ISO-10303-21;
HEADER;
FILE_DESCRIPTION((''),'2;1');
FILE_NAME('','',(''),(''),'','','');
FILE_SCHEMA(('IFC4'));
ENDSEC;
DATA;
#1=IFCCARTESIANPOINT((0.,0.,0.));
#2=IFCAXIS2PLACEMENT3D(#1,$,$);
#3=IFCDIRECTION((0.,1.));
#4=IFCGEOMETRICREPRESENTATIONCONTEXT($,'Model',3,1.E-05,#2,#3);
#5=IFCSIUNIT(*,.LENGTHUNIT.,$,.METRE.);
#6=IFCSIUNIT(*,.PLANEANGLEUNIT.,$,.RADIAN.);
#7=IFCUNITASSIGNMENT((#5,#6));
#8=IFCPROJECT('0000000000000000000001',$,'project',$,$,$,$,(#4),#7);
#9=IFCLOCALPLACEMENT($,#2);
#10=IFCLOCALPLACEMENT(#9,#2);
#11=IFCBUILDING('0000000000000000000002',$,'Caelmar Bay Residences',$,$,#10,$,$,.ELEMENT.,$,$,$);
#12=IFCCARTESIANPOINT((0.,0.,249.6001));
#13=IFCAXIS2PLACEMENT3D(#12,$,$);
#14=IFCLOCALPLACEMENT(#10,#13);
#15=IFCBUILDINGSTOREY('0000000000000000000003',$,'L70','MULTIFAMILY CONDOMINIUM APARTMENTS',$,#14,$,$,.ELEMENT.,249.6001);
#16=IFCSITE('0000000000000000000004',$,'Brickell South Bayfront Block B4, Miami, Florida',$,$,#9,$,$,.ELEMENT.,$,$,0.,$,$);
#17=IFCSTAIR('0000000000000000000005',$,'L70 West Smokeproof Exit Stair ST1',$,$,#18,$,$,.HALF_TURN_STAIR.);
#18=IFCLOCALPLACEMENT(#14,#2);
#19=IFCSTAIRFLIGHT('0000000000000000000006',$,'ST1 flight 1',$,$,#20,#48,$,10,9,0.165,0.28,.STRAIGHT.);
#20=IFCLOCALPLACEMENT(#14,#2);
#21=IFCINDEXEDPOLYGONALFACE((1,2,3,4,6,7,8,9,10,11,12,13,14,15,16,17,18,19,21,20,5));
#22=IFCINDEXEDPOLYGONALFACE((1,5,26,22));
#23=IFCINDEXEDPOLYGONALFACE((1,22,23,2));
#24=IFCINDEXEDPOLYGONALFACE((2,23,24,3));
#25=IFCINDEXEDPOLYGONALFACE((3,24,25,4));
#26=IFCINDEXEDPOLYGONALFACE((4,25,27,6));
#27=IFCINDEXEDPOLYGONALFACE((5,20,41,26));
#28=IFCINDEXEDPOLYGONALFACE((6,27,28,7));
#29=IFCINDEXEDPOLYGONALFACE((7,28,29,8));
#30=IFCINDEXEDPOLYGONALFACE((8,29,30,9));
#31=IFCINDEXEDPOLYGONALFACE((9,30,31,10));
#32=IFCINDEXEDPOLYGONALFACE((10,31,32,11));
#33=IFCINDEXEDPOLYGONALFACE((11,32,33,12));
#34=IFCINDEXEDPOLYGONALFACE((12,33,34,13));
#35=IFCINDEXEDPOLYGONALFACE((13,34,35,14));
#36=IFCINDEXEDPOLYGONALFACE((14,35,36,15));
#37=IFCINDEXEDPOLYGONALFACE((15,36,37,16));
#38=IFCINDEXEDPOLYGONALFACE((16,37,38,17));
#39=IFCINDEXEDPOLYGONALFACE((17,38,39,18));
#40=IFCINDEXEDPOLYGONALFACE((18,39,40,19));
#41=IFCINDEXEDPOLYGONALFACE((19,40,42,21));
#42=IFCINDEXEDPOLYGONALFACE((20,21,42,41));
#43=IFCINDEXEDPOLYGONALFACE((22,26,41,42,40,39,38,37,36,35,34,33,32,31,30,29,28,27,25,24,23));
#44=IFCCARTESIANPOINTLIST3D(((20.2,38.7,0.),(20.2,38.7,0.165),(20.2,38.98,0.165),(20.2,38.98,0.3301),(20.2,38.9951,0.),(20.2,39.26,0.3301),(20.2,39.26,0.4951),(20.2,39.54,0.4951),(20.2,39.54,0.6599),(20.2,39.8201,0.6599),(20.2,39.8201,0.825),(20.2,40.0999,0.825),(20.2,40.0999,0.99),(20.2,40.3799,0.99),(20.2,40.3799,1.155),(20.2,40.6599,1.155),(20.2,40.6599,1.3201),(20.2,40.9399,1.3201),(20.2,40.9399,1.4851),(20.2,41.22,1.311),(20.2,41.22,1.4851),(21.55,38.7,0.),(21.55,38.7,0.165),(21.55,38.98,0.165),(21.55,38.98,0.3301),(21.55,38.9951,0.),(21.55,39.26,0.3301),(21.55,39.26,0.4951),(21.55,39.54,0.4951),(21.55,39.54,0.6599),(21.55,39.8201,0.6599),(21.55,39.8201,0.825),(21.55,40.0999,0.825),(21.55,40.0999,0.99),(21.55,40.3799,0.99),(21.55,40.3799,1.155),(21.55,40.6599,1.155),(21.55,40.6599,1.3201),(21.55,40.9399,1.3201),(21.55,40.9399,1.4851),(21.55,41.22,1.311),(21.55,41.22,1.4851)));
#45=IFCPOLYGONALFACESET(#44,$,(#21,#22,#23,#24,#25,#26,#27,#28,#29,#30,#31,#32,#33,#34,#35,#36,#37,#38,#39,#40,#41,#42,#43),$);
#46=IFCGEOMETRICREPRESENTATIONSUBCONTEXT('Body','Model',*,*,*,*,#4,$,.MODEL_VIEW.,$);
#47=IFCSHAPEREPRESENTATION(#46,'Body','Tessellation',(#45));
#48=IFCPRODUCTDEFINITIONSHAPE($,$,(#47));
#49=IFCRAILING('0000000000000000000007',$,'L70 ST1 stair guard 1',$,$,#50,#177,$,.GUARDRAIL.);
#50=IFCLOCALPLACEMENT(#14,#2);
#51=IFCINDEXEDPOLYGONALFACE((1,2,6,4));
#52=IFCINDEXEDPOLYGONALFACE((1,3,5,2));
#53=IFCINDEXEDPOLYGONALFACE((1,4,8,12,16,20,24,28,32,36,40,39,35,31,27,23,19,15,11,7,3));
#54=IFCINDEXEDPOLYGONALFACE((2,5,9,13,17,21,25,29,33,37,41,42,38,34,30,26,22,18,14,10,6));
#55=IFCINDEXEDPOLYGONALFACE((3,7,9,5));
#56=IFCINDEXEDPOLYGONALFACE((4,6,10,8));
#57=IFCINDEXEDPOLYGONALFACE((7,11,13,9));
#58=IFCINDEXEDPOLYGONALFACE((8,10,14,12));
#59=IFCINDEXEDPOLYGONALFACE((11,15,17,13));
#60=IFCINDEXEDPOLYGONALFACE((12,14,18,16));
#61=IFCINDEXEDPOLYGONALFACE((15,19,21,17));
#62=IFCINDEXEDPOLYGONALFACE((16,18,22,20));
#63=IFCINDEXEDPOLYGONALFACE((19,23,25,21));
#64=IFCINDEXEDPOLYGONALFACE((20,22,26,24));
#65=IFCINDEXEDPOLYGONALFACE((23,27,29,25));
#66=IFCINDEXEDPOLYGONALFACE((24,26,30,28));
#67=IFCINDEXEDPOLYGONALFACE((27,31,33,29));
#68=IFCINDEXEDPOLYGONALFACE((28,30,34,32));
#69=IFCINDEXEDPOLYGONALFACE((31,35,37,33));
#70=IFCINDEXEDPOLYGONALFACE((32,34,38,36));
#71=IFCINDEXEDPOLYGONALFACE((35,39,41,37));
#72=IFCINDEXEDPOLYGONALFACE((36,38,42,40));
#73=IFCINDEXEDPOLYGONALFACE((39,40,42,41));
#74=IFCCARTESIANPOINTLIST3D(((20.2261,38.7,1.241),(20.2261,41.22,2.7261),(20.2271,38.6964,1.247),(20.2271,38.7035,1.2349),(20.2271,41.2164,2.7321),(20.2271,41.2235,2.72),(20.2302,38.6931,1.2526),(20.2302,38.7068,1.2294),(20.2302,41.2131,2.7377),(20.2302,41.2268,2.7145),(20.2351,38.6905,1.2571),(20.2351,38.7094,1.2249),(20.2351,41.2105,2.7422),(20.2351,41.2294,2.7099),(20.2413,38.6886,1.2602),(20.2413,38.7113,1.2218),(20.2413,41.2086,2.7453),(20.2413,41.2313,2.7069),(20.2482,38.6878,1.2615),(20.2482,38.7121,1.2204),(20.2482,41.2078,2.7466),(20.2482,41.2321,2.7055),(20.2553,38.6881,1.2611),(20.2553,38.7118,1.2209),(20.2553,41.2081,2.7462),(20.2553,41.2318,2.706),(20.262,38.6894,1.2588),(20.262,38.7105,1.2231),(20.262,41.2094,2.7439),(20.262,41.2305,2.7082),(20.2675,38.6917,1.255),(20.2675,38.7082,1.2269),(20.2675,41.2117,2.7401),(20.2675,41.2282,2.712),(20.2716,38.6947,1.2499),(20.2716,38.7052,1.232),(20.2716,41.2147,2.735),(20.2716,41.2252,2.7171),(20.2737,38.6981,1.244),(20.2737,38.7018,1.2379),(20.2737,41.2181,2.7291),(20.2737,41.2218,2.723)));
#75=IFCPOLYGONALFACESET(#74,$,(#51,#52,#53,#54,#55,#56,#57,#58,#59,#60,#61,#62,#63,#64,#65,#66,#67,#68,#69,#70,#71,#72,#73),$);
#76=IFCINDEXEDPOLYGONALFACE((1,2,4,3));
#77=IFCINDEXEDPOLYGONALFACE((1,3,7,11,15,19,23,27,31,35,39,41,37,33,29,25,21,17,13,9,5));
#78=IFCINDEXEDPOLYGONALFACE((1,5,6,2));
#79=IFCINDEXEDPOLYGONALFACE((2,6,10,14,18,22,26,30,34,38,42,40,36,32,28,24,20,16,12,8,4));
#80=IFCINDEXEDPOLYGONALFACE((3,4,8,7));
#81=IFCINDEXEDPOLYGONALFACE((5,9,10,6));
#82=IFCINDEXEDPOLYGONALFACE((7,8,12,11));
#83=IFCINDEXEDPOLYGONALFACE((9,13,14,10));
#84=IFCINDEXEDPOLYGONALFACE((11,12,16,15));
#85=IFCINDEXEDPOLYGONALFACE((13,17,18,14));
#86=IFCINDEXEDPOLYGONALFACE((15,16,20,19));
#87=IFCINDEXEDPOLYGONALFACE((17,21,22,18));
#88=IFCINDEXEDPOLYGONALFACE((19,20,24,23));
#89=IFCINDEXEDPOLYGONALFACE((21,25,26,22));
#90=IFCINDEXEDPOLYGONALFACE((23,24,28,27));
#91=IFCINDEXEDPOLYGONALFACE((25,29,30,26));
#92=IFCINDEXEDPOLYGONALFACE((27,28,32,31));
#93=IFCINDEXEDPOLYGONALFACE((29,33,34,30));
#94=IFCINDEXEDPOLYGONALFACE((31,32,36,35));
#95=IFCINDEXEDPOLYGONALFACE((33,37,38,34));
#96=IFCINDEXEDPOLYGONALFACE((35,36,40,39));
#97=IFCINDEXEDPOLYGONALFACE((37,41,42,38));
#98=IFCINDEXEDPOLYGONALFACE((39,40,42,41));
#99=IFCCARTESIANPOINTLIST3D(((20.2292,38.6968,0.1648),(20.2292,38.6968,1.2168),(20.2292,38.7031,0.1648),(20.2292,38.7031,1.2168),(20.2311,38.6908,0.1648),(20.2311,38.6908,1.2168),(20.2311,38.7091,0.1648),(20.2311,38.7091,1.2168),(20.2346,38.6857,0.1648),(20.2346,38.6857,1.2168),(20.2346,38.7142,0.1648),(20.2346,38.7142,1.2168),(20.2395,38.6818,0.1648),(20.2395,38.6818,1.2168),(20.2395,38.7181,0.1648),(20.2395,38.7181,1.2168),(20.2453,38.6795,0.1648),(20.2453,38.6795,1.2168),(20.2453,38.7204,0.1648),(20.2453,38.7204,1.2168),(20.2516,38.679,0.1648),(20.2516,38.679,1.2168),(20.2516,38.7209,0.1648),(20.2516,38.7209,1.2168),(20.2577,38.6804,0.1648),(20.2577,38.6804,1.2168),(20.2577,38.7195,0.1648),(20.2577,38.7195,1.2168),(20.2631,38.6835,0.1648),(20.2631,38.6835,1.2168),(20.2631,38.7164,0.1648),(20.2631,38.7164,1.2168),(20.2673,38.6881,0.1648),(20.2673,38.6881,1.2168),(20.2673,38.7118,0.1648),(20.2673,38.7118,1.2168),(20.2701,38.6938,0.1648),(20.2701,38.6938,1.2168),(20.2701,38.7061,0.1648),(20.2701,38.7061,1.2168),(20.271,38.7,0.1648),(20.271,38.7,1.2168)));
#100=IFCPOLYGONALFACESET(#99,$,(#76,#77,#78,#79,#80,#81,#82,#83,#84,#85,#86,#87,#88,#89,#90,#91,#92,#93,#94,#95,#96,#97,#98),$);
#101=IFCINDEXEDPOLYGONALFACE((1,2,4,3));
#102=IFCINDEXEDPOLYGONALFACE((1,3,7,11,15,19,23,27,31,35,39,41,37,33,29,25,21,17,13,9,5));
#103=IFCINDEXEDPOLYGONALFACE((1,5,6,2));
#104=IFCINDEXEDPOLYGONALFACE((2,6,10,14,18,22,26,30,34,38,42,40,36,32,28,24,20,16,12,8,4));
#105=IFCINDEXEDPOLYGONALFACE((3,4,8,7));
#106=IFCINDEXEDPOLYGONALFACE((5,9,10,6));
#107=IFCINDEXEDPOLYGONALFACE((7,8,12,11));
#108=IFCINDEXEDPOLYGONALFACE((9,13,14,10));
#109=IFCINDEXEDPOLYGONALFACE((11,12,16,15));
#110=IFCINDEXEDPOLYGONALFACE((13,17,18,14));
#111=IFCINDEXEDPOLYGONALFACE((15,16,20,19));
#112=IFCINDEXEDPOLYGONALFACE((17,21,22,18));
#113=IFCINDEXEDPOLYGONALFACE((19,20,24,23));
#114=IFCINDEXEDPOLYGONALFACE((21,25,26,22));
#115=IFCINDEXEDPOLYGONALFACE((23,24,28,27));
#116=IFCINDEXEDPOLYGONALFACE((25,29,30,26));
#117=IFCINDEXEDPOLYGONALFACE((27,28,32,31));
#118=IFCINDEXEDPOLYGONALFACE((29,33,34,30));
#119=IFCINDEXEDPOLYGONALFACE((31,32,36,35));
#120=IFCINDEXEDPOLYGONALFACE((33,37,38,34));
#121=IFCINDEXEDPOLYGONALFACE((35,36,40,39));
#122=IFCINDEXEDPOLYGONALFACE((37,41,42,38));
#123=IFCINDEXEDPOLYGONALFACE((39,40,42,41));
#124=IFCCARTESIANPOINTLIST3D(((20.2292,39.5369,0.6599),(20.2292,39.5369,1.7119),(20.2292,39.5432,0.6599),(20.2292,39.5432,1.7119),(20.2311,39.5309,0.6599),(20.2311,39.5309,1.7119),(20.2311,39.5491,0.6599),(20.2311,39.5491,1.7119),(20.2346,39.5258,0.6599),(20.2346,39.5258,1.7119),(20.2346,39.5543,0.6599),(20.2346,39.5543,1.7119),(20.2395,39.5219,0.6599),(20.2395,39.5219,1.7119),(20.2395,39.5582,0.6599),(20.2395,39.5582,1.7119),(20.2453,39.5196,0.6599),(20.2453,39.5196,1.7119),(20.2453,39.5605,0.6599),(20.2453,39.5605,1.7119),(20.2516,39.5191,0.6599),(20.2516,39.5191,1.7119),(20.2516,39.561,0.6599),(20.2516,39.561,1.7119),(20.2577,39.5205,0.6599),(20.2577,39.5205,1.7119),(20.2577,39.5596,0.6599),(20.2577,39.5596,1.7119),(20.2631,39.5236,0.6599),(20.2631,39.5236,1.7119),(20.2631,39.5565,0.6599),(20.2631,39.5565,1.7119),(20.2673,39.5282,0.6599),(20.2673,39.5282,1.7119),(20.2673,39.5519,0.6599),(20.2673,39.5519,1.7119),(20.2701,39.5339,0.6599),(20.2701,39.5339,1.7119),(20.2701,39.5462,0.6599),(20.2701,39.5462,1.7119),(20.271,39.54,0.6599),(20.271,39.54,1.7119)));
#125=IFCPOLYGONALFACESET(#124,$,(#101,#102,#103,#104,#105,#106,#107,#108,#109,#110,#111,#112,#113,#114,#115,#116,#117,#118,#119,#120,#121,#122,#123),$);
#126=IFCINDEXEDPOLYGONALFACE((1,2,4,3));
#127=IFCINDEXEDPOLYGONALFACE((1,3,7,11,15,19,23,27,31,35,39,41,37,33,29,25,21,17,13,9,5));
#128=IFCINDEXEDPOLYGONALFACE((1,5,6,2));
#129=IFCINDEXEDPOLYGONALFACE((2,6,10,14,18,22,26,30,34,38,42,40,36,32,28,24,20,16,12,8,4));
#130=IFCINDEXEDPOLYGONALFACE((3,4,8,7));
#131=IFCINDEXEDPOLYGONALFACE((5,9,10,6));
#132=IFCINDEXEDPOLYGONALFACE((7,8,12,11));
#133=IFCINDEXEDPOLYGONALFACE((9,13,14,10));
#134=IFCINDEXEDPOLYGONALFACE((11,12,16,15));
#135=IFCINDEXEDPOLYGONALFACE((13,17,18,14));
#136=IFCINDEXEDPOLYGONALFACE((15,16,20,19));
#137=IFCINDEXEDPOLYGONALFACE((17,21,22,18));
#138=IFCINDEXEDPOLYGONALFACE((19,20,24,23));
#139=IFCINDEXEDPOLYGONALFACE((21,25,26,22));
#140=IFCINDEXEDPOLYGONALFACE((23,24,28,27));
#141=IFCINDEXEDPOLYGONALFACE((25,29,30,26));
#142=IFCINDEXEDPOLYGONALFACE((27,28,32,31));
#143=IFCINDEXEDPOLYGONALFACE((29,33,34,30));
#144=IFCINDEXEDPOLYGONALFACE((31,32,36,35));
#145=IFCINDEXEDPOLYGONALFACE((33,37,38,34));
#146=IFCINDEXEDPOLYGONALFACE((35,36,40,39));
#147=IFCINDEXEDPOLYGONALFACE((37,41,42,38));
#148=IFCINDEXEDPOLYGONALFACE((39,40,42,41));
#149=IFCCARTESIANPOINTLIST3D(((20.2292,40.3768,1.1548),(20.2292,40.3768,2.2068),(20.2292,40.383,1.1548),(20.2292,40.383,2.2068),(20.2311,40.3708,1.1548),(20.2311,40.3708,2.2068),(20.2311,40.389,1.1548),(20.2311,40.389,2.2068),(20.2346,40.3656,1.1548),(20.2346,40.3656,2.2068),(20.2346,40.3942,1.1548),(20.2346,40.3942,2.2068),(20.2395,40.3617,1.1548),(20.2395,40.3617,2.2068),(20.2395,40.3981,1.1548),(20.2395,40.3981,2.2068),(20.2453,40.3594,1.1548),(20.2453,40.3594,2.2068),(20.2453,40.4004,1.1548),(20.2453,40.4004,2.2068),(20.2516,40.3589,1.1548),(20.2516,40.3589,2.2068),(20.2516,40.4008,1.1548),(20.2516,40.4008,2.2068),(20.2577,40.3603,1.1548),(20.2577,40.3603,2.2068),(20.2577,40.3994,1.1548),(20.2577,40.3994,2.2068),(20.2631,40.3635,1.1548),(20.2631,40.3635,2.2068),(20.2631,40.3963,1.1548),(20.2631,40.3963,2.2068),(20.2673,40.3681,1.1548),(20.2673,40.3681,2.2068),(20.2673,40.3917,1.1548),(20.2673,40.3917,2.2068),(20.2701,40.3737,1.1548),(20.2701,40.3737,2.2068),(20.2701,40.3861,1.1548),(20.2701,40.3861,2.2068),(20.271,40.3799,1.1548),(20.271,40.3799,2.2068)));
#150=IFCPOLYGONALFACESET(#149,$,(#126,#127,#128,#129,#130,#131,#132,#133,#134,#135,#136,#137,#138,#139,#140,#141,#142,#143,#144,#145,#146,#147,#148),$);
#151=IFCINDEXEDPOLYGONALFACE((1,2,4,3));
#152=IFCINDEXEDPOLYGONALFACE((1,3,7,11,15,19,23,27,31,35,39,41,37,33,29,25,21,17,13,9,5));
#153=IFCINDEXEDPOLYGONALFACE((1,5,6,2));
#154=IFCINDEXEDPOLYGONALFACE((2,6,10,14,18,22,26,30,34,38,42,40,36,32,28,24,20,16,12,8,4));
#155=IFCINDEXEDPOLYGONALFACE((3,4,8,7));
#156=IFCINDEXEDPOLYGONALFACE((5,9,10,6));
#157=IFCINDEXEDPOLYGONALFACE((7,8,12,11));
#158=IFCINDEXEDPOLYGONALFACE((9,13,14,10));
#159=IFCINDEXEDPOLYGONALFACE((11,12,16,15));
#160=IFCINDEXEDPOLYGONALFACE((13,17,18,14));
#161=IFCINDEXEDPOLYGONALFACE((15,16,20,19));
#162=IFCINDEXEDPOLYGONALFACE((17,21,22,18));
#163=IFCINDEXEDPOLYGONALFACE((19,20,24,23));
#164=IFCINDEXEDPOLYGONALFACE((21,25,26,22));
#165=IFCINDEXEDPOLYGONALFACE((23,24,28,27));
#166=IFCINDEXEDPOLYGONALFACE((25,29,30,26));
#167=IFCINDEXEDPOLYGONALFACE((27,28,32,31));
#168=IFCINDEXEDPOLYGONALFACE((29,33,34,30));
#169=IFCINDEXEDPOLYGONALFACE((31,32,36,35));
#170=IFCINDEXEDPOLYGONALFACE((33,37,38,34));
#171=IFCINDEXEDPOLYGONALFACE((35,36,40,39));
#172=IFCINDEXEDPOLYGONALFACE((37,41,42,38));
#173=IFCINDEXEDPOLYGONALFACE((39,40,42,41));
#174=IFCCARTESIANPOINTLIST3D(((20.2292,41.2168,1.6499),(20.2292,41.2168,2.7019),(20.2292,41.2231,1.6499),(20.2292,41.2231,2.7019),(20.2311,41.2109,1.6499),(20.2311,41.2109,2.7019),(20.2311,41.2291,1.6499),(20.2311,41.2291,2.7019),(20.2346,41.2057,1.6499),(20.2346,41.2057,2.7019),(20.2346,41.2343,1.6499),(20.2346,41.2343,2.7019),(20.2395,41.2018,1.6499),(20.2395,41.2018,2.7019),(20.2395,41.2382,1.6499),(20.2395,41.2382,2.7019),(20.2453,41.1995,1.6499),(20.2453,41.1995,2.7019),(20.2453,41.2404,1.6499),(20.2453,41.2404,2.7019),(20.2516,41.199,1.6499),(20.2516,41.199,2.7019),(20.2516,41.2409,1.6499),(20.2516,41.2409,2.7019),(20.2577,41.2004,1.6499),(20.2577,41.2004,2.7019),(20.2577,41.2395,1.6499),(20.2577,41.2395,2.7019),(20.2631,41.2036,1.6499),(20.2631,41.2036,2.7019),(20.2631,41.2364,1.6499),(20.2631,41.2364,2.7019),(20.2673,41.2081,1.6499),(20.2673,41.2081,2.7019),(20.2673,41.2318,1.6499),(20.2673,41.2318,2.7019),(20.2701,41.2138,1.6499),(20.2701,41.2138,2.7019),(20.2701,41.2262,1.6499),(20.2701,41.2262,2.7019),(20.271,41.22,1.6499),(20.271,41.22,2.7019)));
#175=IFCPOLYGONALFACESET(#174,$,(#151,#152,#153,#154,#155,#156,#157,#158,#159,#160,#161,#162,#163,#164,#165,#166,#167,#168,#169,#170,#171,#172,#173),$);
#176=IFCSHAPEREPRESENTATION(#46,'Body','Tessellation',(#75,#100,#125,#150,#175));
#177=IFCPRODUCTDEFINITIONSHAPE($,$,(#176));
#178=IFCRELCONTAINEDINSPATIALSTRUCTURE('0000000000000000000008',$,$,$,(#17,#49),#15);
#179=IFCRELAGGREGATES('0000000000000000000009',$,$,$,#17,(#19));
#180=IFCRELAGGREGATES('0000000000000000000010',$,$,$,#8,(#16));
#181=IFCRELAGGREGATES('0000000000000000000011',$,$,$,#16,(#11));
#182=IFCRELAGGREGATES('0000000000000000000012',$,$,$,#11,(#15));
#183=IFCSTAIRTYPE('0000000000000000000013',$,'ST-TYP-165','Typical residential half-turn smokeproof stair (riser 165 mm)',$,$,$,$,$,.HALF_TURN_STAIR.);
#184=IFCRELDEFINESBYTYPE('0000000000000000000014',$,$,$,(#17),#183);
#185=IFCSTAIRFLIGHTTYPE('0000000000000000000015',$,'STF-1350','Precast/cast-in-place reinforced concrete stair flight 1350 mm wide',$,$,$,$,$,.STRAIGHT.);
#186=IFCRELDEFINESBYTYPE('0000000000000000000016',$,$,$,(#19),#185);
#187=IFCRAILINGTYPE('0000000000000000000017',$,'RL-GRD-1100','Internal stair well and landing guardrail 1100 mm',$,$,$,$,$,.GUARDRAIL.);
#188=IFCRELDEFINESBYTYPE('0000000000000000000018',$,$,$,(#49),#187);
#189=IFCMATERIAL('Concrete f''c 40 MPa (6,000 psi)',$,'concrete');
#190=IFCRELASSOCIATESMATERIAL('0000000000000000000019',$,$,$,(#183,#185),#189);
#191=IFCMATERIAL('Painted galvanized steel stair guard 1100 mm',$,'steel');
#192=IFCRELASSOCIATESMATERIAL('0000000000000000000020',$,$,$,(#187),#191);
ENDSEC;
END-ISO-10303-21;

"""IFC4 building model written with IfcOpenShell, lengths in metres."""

from ifc_helpers import new_model, si_unit, direction, frame, origin, origin_2d, place, context, subcontext, project, spatial, polyline, circle, outline, extrude, material, type_object, element, aggregate, save


model = new_model("IFC4")

# Units and contexts
model_context = context("Model", 3, precision=1e-05, world=origin(), true_north=direction((0.0, 1.0)))
body_context = subcontext(model_context, "Body", "Model", "MODEL_VIEW")
ifc_project = project(units=[si_unit("LENGTHUNIT", "METRE"), si_unit("PLANEANGLEUNIT", "RADIAN")], contexts=[model_context])

# Site, building, storey
site_placement = place(None, origin())
site = spatial("IfcSite", under=ifc_project, at=site_placement, Name="Brickell South Bayfront Block B4, Miami, Florida", CompositionType="ELEMENT", RefElevation=0.0)
building_placement = place(site_placement, origin())
building = spatial("IfcBuilding", under=site, at=building_placement, Name="Caelmar Bay Residences", CompositionType="ELEMENT")
storey_placement = place(building_placement, frame((0.0, 0.0, 249.6001)))
storey = spatial("IfcBuildingStorey", under=building, at=storey_placement, Name="L70", Description="MULTIFAMILY CONDOMINIUM APARTMENTS", CompositionType="ELEMENT", Elevation=249.6001)

# Stair, stair flight
ifc_material_1 = material(Name="Concrete f'c 40 MPa (6,000 psi)", Category="concrete")
stair_type = type_object("IfcStairType", Name="ST-TYP-165", Description="Typical residential half-turn smokeproof stair (riser 165 mm)", PredefinedType="HALF_TURN_STAIR", material=ifc_material_1)
stair_placement = place(storey_placement, origin())
stair = element("IfcStair", 1, at=stair_placement, inside=storey, type_object=stair_type, Name="L70 West Smokeproof Exit Stair ST1", PredefinedType="HALF_TURN_STAIR")
stair_flight_type = type_object("IfcStairFlightType", Name="STF-1350", Description="Precast/cast-in-place reinforced concrete stair flight 1350 mm wide", PredefinedType="STRAIGHT", material=ifc_material_1)
stair_flight_placement = place(storey_placement, frame((20.875, 38.7, 0.0), z_axis=(0.0, 0.0, 1.0), x_axis=(0.0, 1.0, 0.0)))
stair_flight = element("IfcStairFlight", 2, at=stair_flight_placement, type_object=stair_flight_type, Name="ST1 flight 1", NumberOfRisers=10, NumberOfTreads=9, PredefinedType="STRAIGHT", RiserHeight=0.165, TreadLength=0.28, context=body_context, shape_type="SweptSolid", body=[
    extrude(outline(polyline([(0.0, 0.0), (0.0, 0.165), (0.28, 0.165), (0.28, 0.3301), (0.5601, 0.3301), (0.5601, 0.4951), (0.8401, 0.4951), (0.8401, 0.6599), (1.1201, 0.6599), (1.1201, 0.825), (1.3999, 0.825), (1.3999, 0.99), (1.6799, 0.99), (1.6799, 1.155), (1.96, 1.155), (1.96, 1.3201), (2.24, 1.3201), (2.24, 1.4851), (2.52, 1.4851), (2.52, 1.6499), (2.52, 1.311), (0.2952, 0.0), (0.0, 0.0)])), frame((0.0, 0.675, 0.0), z_axis=(0.0, -1.0, 0.0), x_axis=(1.0, 0.0, 0.0)), (0.0, 0.0, 1.0), 1.3501),
])
aggregate(stair, [stair_flight])

# Railing
ifc_material_2 = material(Name="Painted galvanized steel stair guard 1100 mm", Category="steel")
railing_type_1 = type_object("IfcRailingType", Name="RL-GRD-1100", Description="Internal stair well and landing guardrail 1100 mm", PredefinedType="GUARDRAIL", material=ifc_material_2)
railing_1_placement = place(storey_placement, frame((20.25, 38.7, 0.1648)))
element("IfcRailing", 3, at=railing_1_placement, inside=storey, type_object=railing_type_1, Name="L70 ST1 stair guard 1", PredefinedType="GUARDRAIL", context=body_context, shape_type="SweptSolid", body=[
    extrude(circle(Radius=0.0239, at=origin_2d()), frame((0.0, 0.0, 1.0762), z_axis=(0.0, 0.861524, 0.507717), x_axis=(-1.0, 0.0, 0.0)), (0.0, 0.0, 1.0), 2.925),
    extrude(circle(Radius=0.021, at=origin_2d()), origin(), (0.0, 0.0, 1.0), 1.052),
    extrude(circle(Radius=0.021, at=origin_2d()), frame((0.0, 0.8401, 0.4951)), (0.0, 0.0, 1.0), 1.052),
    extrude(circle(Radius=0.021, at=origin_2d()), frame((0.0, 1.6799, 0.99)), (0.0, 0.0, 1.0), 1.052),
    extrude(circle(Radius=0.021, at=origin_2d()), frame((0.0, 2.52, 1.4851)), (0.0, 0.0, 1.0), 1.052),
])

save(model, "model.ifc")
